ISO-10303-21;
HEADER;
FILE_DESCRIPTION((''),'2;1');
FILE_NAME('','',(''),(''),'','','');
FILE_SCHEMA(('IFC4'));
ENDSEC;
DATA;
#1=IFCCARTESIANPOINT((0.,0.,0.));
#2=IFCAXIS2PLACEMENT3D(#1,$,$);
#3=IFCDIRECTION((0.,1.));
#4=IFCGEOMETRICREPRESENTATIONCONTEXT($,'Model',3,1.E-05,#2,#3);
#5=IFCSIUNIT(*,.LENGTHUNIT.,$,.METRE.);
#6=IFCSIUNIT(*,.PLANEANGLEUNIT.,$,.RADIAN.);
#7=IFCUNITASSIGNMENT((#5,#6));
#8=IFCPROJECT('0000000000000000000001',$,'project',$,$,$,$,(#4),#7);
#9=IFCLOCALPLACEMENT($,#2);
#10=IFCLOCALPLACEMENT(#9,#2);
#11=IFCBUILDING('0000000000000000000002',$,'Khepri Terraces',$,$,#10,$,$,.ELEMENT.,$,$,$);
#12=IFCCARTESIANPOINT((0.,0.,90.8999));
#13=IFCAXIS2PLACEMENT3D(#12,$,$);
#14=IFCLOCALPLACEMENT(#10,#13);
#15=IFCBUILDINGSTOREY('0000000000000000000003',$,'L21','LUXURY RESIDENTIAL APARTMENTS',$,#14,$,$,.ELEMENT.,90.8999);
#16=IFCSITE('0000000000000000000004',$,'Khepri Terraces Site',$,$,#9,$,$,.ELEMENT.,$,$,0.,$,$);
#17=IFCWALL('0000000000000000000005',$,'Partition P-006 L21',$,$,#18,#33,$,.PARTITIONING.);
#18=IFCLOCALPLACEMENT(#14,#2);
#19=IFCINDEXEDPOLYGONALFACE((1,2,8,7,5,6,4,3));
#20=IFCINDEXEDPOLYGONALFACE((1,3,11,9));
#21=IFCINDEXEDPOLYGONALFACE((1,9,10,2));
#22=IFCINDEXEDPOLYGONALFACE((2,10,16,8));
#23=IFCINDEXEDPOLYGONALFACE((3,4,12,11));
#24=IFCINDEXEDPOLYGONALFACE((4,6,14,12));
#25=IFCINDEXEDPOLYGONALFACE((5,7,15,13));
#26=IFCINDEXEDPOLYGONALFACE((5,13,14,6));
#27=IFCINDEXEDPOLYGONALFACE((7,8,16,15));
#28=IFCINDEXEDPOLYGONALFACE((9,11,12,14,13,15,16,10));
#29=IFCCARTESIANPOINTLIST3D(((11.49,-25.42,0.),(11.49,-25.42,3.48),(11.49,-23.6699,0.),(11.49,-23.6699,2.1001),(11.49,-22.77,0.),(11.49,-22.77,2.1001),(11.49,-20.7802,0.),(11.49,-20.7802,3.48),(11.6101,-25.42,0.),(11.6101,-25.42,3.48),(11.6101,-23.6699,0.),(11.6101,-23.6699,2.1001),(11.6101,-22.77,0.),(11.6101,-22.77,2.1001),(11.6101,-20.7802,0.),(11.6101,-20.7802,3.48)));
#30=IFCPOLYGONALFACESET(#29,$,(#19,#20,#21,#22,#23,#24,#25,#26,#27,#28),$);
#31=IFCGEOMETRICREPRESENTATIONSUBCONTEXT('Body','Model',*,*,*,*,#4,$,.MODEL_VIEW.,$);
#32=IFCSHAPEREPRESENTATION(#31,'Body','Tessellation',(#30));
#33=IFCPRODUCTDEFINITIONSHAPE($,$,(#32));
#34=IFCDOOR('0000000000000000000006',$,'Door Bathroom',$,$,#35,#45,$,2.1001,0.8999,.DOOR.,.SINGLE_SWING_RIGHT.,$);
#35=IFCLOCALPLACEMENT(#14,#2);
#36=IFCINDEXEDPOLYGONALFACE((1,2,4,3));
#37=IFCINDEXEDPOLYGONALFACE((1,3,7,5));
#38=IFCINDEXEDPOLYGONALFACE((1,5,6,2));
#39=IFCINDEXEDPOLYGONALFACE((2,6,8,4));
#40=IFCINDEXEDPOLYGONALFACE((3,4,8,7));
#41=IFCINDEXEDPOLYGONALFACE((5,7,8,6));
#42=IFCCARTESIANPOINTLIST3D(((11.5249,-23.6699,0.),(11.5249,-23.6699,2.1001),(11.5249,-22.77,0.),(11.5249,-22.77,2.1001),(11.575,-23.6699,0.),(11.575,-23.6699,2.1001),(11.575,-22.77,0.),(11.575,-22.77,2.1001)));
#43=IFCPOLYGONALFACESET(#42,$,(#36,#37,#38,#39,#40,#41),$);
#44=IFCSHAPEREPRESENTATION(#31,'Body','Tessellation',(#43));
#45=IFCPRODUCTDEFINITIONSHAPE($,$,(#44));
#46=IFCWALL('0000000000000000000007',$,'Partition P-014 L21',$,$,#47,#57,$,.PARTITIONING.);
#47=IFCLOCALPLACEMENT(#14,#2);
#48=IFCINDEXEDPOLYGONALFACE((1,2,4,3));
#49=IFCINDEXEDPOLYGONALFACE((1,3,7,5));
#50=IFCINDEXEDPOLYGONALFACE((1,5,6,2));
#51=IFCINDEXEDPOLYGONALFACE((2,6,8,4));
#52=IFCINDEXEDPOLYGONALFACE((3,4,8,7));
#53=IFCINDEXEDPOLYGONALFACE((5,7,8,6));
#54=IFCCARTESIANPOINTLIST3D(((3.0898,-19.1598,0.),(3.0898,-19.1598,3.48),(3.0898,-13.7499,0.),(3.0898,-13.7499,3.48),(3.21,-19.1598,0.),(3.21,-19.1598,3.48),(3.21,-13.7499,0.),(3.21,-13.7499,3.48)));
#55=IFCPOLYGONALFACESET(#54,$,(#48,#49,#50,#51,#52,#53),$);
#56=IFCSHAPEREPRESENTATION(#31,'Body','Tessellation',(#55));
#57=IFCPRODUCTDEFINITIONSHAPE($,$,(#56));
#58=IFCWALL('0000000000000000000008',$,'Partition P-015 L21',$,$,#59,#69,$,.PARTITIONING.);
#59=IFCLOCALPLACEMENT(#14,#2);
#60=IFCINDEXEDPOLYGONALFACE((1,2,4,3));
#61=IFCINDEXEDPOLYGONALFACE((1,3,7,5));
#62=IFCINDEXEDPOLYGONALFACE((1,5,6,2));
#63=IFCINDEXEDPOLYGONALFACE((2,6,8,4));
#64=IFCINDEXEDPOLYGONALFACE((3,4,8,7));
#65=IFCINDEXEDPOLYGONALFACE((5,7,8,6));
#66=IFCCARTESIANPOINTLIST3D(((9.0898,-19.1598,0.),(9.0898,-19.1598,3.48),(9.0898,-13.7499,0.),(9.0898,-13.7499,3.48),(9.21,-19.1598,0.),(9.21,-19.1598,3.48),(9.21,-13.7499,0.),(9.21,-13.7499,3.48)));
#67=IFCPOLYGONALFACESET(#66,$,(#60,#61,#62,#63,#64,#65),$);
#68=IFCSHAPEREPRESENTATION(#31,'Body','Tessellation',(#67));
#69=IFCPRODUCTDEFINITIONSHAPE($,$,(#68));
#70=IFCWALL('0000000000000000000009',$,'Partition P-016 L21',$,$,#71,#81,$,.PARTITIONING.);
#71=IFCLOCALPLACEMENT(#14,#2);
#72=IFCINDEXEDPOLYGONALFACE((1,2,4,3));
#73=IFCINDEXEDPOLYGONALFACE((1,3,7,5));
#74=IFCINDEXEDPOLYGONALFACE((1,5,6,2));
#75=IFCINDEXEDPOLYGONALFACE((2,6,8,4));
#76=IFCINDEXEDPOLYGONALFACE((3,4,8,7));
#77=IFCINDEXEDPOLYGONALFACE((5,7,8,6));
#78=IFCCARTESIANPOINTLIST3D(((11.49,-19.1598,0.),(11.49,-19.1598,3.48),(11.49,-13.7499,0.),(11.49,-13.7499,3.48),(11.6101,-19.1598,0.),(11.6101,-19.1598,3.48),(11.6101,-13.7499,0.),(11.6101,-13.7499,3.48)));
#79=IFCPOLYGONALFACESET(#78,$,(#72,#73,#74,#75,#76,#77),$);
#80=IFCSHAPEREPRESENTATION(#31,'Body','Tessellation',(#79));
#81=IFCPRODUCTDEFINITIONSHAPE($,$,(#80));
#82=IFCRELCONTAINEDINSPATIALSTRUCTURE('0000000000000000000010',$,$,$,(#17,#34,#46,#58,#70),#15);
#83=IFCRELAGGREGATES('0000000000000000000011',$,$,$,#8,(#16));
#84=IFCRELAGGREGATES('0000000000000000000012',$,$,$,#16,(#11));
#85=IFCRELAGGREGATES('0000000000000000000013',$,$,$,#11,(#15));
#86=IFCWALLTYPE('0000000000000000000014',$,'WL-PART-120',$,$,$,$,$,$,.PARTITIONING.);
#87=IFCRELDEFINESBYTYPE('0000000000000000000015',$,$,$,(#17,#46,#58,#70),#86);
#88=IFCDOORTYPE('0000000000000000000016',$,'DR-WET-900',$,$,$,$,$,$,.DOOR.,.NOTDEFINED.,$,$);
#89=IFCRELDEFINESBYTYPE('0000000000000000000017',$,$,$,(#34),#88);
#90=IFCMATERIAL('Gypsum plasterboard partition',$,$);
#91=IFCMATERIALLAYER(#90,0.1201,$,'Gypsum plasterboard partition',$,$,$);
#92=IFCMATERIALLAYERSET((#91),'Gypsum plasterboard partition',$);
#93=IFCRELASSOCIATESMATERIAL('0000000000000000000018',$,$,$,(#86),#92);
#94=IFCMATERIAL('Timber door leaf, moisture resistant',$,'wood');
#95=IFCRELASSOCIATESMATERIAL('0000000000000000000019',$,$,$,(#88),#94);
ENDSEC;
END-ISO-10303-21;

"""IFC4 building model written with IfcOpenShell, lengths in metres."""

from ifc_helpers import new_model, si_unit, direction, frame, frame_2d, origin, place, context, subcontext, project, spatial, rectangle, extrude, material, layer, layer_set, type_object, element, fill, save


model = new_model("IFC4")

# Units and contexts
model_context = context("Model", 3, precision=1e-05, world=origin(), true_north=direction((0.0, 1.0)))
body_context = subcontext(model_context, "Body", "Model", "MODEL_VIEW")
ifc_project = project(units=[si_unit("LENGTHUNIT", "METRE"), si_unit("PLANEANGLEUNIT", "RADIAN")], contexts=[model_context])

# Site, building, storey
site_placement = place(None, origin())
site = spatial("IfcSite", under=ifc_project, at=site_placement, Name="Khepri Terraces Site", CompositionType="ELEMENT", RefElevation=0.0)
building_placement = place(site_placement, origin())
building = spatial("IfcBuilding", under=site, at=building_placement, Name="Khepri Terraces", CompositionType="ELEMENT")
storey_placement = place(building_placement, frame((0.0, 0.0, 90.8999)))
storey = spatial("IfcBuildingStorey", under=building, at=storey_placement, Name="L21", Description="LUXURY RESIDENTIAL APARTMENTS", CompositionType="ELEMENT", Elevation=90.8999)

# Shared definitions
ifc_material_1 = material(Name="Gypsum plasterboard partition")
ifc_layer_1 = layer(ifc_material_1, 0.1201, Name="Gypsum plasterboard partition")
ifc_layer_set_1 = layer_set([ifc_layer_1], Name="Gypsum plasterboard partition")
wall_type_1 = type_object("IfcWallType", Name="WL-PART-120", PredefinedType="PARTITIONING", material=ifc_layer_set_1)
ifc_material_2 = material(Name="Timber door leaf, moisture resistant", Category="wood")
door_type_1 = type_object("IfcDoorType", Name="DR-WET-900", OperationType="NOTDEFINED", PredefinedType="DOOR", material=ifc_material_2)

# Wall, opening, door
wall_1_placement = place(storey_placement, frame((11.55, -25.4199, 0.0), z_axis=(0.0, 0.0, 1.0), x_axis=(0.0, 1.0, 0.0)))
wall_1 = element("IfcWall", 1, at=wall_1_placement, inside=storey, type_object=wall_type_1, Name="Partition P-006 L21", PredefinedType="PARTITIONING", context=body_context, shape_type="SweptSolid", body=[
    extrude(rectangle(XDim=4.6399, YDim=0.1201, at=frame_2d((2.3198, 0.0))), origin(), (0.0, 0.0, 1.0), 3.48),
])
opening_1_placement = place(wall_1_placement, frame((1.75, 0.0, 0.0)))
opening_1 = element("IfcOpeningElement", 2, at=opening_1_placement, cuts=wall_1, PredefinedType="OPENING", context=body_context, shape_type="SweptSolid", body=[
    extrude(rectangle(XDim=0.8999, YDim=2.1001, at=frame_2d((0.45, 1.05))), frame((0.0, 0.0701, 0.0), z_axis=(0.0, -1.0, 0.0), x_axis=(1.0, 0.0, 0.0)), (0.0, 0.0, 1.0), 0.1401),
])
door_1_placement = place(opening_1_placement, frame((0.8999, 0.0, 0.0), z_axis=(0.0, 0.0, 1.0), x_axis=(-1.0, 0.0, 0.0)))
door_1 = element("IfcDoor", 3, at=door_1_placement, inside=storey, type_object=door_type_1, Name="Door Bathroom", OperationType="SINGLE_SWING_RIGHT", OverallHeight=2.1001, OverallWidth=0.8999, PredefinedType="DOOR", context=body_context, shape_type="SweptSolid", body=[
    extrude(rectangle(XDim=0.8999, YDim=2.1001, at=frame_2d((0.45, 1.05))), frame((0.0, 0.0249, 0.0), z_axis=(0.0, -1.0, 0.0), x_axis=(1.0, 0.0, 0.0)), (0.0, 0.0, 1.0), 0.05),
])
fill(opening_1, door_1)

# Walls
for number, where, z_axis, x_axis, name in (
    (4, (3.1499, -19.1599, 0.0), (0.0, 0.0, 1.0), (0.0, 1.0, 0.0), "Partition P-014 L21"),
    (5, (9.1499, -19.1599, 0.0), (0.0, 0.0, 1.0), (0.0, 1.0, 0.0), "Partition P-015 L21"),
    (6, (11.55, -19.1599, 0.0), (0.0, 0.0, 1.0), (0.0, 1.0, 0.0), "Partition P-016 L21"),
):
    element("IfcWall", number, at=place(storey_placement, frame(where, z_axis=z_axis, x_axis=x_axis)), inside=storey, type_object=wall_type_1, Name=name, PredefinedType="PARTITIONING", context=body_context, shape_type="SweptSolid", body=[
        extrude(rectangle(XDim=5.4099, YDim=0.1201, at=frame_2d((2.7051, 0.0))), origin(), (0.0, 0.0, 1.0), 3.48),
    ])

save(model, "model.ifc")
